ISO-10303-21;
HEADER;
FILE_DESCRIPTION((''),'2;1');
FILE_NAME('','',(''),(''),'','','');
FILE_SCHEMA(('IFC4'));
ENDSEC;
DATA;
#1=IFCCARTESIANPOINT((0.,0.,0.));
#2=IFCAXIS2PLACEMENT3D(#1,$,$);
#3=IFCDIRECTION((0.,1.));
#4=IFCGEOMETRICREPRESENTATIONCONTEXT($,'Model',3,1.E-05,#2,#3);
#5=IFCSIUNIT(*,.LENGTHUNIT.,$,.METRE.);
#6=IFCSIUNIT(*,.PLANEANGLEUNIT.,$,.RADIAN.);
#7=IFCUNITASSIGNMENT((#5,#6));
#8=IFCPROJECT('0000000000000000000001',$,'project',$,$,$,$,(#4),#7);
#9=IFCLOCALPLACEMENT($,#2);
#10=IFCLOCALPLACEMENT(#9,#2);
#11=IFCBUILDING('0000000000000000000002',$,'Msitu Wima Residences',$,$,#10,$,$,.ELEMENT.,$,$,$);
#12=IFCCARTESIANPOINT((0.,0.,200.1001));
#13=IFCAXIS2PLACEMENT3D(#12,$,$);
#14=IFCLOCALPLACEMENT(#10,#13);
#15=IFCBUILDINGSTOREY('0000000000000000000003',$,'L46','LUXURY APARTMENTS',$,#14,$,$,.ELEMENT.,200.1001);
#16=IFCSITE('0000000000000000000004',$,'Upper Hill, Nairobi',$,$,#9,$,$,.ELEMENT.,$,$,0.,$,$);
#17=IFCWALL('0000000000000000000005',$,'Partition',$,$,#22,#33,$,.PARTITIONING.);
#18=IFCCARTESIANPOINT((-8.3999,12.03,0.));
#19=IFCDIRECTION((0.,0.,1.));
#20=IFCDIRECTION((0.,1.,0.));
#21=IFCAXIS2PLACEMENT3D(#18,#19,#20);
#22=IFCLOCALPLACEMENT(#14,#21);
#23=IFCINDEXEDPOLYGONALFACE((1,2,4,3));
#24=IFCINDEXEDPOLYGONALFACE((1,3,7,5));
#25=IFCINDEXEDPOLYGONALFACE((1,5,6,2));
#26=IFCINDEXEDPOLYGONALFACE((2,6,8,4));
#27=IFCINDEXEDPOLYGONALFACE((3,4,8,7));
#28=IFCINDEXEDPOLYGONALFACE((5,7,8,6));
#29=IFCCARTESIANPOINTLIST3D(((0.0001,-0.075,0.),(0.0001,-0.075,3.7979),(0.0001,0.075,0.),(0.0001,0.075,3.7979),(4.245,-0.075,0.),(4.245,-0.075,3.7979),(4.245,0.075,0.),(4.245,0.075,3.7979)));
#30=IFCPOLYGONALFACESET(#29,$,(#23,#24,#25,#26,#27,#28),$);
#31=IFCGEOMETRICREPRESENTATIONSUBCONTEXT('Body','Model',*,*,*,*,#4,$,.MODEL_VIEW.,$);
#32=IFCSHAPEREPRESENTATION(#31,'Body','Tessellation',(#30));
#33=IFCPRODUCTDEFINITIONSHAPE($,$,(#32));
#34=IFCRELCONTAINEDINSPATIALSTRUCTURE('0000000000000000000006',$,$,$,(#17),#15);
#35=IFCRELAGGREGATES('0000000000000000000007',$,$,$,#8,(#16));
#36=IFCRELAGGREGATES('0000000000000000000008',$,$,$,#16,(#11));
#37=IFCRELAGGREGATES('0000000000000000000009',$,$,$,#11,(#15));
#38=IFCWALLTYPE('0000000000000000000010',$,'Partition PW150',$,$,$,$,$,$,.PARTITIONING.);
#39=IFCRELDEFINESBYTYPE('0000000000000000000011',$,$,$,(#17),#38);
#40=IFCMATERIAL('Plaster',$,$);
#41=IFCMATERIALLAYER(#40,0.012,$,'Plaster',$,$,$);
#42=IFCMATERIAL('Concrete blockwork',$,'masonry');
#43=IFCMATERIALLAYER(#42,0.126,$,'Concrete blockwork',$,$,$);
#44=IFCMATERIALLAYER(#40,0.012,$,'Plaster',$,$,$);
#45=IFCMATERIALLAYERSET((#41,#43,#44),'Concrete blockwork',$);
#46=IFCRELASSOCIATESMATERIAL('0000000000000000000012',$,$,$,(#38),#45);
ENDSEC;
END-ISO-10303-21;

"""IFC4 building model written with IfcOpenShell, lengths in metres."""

from ifc_helpers import new_model, si_unit, direction, frame, frame_2d, origin, place, context, subcontext, project, spatial, rectangle, extrude, material, layer, layer_set, type_object, element, save


model = new_model("IFC4")

# Units and contexts
model_context = context("Model", 3, precision=1e-05, world=origin(), true_north=direction((0.0, 1.0)))
body_context = subcontext(model_context, "Body", "Model", "MODEL_VIEW")
ifc_project = project(units=[si_unit("LENGTHUNIT", "METRE"), si_unit("PLANEANGLEUNIT", "RADIAN")], contexts=[model_context])

# Site, building, storey
site_placement = place(None, origin())
site = spatial("IfcSite", under=ifc_project, at=site_placement, Name="Upper Hill, Nairobi", CompositionType="ELEMENT", RefElevation=0.0)
building_placement = place(site_placement, origin())
building = spatial("IfcBuilding", under=site, at=building_placement, Name="Msitu Wima Residences", CompositionType="ELEMENT")
storey_placement = place(building_placement, frame((0.0, 0.0, 200.1001)))
storey = spatial("IfcBuildingStorey", under=building, at=storey_placement, Name="L46", Description="LUXURY APARTMENTS", CompositionType="ELEMENT", Elevation=200.1001)

# Wall
ifc_material_1 = material(Name="Plaster")
ifc_layer_1 = layer(ifc_material_1, 0.012, Name="Plaster")
ifc_material_2 = material(Name="Concrete blockwork", Category="masonry")
ifc_layer_2 = layer(ifc_material_2, 0.126, Name="Concrete blockwork")
ifc_layer_3 = layer(ifc_material_1, 0.012, Name="Plaster")
ifc_layer_set_1 = layer_set([ifc_layer_1, ifc_layer_2, ifc_layer_3], Name="Concrete blockwork")
wall_type_1 = type_object("IfcWallType", Name="Partition PW150", PredefinedType="PARTITIONING", material=ifc_layer_set_1)
wall_1_placement = place(storey_placement, frame((-8.3999, 12.03, 0.0), z_axis=(0.0, 0.0, 1.0), x_axis=(0.0, 1.0, 0.0)))
element("IfcWall", 1, at=wall_1_placement, inside=storey, type_object=wall_type_1, Name="Partition", PredefinedType="PARTITIONING", context=body_context, shape_type="SweptSolid", body=[
    extrude(rectangle(XDim=4.2449, YDim=0.1499, at=frame_2d((2.1226, 0.0))), origin(), (0.0, 0.0, 1.0), 3.7979),
])

save(model, "model.ifc")
